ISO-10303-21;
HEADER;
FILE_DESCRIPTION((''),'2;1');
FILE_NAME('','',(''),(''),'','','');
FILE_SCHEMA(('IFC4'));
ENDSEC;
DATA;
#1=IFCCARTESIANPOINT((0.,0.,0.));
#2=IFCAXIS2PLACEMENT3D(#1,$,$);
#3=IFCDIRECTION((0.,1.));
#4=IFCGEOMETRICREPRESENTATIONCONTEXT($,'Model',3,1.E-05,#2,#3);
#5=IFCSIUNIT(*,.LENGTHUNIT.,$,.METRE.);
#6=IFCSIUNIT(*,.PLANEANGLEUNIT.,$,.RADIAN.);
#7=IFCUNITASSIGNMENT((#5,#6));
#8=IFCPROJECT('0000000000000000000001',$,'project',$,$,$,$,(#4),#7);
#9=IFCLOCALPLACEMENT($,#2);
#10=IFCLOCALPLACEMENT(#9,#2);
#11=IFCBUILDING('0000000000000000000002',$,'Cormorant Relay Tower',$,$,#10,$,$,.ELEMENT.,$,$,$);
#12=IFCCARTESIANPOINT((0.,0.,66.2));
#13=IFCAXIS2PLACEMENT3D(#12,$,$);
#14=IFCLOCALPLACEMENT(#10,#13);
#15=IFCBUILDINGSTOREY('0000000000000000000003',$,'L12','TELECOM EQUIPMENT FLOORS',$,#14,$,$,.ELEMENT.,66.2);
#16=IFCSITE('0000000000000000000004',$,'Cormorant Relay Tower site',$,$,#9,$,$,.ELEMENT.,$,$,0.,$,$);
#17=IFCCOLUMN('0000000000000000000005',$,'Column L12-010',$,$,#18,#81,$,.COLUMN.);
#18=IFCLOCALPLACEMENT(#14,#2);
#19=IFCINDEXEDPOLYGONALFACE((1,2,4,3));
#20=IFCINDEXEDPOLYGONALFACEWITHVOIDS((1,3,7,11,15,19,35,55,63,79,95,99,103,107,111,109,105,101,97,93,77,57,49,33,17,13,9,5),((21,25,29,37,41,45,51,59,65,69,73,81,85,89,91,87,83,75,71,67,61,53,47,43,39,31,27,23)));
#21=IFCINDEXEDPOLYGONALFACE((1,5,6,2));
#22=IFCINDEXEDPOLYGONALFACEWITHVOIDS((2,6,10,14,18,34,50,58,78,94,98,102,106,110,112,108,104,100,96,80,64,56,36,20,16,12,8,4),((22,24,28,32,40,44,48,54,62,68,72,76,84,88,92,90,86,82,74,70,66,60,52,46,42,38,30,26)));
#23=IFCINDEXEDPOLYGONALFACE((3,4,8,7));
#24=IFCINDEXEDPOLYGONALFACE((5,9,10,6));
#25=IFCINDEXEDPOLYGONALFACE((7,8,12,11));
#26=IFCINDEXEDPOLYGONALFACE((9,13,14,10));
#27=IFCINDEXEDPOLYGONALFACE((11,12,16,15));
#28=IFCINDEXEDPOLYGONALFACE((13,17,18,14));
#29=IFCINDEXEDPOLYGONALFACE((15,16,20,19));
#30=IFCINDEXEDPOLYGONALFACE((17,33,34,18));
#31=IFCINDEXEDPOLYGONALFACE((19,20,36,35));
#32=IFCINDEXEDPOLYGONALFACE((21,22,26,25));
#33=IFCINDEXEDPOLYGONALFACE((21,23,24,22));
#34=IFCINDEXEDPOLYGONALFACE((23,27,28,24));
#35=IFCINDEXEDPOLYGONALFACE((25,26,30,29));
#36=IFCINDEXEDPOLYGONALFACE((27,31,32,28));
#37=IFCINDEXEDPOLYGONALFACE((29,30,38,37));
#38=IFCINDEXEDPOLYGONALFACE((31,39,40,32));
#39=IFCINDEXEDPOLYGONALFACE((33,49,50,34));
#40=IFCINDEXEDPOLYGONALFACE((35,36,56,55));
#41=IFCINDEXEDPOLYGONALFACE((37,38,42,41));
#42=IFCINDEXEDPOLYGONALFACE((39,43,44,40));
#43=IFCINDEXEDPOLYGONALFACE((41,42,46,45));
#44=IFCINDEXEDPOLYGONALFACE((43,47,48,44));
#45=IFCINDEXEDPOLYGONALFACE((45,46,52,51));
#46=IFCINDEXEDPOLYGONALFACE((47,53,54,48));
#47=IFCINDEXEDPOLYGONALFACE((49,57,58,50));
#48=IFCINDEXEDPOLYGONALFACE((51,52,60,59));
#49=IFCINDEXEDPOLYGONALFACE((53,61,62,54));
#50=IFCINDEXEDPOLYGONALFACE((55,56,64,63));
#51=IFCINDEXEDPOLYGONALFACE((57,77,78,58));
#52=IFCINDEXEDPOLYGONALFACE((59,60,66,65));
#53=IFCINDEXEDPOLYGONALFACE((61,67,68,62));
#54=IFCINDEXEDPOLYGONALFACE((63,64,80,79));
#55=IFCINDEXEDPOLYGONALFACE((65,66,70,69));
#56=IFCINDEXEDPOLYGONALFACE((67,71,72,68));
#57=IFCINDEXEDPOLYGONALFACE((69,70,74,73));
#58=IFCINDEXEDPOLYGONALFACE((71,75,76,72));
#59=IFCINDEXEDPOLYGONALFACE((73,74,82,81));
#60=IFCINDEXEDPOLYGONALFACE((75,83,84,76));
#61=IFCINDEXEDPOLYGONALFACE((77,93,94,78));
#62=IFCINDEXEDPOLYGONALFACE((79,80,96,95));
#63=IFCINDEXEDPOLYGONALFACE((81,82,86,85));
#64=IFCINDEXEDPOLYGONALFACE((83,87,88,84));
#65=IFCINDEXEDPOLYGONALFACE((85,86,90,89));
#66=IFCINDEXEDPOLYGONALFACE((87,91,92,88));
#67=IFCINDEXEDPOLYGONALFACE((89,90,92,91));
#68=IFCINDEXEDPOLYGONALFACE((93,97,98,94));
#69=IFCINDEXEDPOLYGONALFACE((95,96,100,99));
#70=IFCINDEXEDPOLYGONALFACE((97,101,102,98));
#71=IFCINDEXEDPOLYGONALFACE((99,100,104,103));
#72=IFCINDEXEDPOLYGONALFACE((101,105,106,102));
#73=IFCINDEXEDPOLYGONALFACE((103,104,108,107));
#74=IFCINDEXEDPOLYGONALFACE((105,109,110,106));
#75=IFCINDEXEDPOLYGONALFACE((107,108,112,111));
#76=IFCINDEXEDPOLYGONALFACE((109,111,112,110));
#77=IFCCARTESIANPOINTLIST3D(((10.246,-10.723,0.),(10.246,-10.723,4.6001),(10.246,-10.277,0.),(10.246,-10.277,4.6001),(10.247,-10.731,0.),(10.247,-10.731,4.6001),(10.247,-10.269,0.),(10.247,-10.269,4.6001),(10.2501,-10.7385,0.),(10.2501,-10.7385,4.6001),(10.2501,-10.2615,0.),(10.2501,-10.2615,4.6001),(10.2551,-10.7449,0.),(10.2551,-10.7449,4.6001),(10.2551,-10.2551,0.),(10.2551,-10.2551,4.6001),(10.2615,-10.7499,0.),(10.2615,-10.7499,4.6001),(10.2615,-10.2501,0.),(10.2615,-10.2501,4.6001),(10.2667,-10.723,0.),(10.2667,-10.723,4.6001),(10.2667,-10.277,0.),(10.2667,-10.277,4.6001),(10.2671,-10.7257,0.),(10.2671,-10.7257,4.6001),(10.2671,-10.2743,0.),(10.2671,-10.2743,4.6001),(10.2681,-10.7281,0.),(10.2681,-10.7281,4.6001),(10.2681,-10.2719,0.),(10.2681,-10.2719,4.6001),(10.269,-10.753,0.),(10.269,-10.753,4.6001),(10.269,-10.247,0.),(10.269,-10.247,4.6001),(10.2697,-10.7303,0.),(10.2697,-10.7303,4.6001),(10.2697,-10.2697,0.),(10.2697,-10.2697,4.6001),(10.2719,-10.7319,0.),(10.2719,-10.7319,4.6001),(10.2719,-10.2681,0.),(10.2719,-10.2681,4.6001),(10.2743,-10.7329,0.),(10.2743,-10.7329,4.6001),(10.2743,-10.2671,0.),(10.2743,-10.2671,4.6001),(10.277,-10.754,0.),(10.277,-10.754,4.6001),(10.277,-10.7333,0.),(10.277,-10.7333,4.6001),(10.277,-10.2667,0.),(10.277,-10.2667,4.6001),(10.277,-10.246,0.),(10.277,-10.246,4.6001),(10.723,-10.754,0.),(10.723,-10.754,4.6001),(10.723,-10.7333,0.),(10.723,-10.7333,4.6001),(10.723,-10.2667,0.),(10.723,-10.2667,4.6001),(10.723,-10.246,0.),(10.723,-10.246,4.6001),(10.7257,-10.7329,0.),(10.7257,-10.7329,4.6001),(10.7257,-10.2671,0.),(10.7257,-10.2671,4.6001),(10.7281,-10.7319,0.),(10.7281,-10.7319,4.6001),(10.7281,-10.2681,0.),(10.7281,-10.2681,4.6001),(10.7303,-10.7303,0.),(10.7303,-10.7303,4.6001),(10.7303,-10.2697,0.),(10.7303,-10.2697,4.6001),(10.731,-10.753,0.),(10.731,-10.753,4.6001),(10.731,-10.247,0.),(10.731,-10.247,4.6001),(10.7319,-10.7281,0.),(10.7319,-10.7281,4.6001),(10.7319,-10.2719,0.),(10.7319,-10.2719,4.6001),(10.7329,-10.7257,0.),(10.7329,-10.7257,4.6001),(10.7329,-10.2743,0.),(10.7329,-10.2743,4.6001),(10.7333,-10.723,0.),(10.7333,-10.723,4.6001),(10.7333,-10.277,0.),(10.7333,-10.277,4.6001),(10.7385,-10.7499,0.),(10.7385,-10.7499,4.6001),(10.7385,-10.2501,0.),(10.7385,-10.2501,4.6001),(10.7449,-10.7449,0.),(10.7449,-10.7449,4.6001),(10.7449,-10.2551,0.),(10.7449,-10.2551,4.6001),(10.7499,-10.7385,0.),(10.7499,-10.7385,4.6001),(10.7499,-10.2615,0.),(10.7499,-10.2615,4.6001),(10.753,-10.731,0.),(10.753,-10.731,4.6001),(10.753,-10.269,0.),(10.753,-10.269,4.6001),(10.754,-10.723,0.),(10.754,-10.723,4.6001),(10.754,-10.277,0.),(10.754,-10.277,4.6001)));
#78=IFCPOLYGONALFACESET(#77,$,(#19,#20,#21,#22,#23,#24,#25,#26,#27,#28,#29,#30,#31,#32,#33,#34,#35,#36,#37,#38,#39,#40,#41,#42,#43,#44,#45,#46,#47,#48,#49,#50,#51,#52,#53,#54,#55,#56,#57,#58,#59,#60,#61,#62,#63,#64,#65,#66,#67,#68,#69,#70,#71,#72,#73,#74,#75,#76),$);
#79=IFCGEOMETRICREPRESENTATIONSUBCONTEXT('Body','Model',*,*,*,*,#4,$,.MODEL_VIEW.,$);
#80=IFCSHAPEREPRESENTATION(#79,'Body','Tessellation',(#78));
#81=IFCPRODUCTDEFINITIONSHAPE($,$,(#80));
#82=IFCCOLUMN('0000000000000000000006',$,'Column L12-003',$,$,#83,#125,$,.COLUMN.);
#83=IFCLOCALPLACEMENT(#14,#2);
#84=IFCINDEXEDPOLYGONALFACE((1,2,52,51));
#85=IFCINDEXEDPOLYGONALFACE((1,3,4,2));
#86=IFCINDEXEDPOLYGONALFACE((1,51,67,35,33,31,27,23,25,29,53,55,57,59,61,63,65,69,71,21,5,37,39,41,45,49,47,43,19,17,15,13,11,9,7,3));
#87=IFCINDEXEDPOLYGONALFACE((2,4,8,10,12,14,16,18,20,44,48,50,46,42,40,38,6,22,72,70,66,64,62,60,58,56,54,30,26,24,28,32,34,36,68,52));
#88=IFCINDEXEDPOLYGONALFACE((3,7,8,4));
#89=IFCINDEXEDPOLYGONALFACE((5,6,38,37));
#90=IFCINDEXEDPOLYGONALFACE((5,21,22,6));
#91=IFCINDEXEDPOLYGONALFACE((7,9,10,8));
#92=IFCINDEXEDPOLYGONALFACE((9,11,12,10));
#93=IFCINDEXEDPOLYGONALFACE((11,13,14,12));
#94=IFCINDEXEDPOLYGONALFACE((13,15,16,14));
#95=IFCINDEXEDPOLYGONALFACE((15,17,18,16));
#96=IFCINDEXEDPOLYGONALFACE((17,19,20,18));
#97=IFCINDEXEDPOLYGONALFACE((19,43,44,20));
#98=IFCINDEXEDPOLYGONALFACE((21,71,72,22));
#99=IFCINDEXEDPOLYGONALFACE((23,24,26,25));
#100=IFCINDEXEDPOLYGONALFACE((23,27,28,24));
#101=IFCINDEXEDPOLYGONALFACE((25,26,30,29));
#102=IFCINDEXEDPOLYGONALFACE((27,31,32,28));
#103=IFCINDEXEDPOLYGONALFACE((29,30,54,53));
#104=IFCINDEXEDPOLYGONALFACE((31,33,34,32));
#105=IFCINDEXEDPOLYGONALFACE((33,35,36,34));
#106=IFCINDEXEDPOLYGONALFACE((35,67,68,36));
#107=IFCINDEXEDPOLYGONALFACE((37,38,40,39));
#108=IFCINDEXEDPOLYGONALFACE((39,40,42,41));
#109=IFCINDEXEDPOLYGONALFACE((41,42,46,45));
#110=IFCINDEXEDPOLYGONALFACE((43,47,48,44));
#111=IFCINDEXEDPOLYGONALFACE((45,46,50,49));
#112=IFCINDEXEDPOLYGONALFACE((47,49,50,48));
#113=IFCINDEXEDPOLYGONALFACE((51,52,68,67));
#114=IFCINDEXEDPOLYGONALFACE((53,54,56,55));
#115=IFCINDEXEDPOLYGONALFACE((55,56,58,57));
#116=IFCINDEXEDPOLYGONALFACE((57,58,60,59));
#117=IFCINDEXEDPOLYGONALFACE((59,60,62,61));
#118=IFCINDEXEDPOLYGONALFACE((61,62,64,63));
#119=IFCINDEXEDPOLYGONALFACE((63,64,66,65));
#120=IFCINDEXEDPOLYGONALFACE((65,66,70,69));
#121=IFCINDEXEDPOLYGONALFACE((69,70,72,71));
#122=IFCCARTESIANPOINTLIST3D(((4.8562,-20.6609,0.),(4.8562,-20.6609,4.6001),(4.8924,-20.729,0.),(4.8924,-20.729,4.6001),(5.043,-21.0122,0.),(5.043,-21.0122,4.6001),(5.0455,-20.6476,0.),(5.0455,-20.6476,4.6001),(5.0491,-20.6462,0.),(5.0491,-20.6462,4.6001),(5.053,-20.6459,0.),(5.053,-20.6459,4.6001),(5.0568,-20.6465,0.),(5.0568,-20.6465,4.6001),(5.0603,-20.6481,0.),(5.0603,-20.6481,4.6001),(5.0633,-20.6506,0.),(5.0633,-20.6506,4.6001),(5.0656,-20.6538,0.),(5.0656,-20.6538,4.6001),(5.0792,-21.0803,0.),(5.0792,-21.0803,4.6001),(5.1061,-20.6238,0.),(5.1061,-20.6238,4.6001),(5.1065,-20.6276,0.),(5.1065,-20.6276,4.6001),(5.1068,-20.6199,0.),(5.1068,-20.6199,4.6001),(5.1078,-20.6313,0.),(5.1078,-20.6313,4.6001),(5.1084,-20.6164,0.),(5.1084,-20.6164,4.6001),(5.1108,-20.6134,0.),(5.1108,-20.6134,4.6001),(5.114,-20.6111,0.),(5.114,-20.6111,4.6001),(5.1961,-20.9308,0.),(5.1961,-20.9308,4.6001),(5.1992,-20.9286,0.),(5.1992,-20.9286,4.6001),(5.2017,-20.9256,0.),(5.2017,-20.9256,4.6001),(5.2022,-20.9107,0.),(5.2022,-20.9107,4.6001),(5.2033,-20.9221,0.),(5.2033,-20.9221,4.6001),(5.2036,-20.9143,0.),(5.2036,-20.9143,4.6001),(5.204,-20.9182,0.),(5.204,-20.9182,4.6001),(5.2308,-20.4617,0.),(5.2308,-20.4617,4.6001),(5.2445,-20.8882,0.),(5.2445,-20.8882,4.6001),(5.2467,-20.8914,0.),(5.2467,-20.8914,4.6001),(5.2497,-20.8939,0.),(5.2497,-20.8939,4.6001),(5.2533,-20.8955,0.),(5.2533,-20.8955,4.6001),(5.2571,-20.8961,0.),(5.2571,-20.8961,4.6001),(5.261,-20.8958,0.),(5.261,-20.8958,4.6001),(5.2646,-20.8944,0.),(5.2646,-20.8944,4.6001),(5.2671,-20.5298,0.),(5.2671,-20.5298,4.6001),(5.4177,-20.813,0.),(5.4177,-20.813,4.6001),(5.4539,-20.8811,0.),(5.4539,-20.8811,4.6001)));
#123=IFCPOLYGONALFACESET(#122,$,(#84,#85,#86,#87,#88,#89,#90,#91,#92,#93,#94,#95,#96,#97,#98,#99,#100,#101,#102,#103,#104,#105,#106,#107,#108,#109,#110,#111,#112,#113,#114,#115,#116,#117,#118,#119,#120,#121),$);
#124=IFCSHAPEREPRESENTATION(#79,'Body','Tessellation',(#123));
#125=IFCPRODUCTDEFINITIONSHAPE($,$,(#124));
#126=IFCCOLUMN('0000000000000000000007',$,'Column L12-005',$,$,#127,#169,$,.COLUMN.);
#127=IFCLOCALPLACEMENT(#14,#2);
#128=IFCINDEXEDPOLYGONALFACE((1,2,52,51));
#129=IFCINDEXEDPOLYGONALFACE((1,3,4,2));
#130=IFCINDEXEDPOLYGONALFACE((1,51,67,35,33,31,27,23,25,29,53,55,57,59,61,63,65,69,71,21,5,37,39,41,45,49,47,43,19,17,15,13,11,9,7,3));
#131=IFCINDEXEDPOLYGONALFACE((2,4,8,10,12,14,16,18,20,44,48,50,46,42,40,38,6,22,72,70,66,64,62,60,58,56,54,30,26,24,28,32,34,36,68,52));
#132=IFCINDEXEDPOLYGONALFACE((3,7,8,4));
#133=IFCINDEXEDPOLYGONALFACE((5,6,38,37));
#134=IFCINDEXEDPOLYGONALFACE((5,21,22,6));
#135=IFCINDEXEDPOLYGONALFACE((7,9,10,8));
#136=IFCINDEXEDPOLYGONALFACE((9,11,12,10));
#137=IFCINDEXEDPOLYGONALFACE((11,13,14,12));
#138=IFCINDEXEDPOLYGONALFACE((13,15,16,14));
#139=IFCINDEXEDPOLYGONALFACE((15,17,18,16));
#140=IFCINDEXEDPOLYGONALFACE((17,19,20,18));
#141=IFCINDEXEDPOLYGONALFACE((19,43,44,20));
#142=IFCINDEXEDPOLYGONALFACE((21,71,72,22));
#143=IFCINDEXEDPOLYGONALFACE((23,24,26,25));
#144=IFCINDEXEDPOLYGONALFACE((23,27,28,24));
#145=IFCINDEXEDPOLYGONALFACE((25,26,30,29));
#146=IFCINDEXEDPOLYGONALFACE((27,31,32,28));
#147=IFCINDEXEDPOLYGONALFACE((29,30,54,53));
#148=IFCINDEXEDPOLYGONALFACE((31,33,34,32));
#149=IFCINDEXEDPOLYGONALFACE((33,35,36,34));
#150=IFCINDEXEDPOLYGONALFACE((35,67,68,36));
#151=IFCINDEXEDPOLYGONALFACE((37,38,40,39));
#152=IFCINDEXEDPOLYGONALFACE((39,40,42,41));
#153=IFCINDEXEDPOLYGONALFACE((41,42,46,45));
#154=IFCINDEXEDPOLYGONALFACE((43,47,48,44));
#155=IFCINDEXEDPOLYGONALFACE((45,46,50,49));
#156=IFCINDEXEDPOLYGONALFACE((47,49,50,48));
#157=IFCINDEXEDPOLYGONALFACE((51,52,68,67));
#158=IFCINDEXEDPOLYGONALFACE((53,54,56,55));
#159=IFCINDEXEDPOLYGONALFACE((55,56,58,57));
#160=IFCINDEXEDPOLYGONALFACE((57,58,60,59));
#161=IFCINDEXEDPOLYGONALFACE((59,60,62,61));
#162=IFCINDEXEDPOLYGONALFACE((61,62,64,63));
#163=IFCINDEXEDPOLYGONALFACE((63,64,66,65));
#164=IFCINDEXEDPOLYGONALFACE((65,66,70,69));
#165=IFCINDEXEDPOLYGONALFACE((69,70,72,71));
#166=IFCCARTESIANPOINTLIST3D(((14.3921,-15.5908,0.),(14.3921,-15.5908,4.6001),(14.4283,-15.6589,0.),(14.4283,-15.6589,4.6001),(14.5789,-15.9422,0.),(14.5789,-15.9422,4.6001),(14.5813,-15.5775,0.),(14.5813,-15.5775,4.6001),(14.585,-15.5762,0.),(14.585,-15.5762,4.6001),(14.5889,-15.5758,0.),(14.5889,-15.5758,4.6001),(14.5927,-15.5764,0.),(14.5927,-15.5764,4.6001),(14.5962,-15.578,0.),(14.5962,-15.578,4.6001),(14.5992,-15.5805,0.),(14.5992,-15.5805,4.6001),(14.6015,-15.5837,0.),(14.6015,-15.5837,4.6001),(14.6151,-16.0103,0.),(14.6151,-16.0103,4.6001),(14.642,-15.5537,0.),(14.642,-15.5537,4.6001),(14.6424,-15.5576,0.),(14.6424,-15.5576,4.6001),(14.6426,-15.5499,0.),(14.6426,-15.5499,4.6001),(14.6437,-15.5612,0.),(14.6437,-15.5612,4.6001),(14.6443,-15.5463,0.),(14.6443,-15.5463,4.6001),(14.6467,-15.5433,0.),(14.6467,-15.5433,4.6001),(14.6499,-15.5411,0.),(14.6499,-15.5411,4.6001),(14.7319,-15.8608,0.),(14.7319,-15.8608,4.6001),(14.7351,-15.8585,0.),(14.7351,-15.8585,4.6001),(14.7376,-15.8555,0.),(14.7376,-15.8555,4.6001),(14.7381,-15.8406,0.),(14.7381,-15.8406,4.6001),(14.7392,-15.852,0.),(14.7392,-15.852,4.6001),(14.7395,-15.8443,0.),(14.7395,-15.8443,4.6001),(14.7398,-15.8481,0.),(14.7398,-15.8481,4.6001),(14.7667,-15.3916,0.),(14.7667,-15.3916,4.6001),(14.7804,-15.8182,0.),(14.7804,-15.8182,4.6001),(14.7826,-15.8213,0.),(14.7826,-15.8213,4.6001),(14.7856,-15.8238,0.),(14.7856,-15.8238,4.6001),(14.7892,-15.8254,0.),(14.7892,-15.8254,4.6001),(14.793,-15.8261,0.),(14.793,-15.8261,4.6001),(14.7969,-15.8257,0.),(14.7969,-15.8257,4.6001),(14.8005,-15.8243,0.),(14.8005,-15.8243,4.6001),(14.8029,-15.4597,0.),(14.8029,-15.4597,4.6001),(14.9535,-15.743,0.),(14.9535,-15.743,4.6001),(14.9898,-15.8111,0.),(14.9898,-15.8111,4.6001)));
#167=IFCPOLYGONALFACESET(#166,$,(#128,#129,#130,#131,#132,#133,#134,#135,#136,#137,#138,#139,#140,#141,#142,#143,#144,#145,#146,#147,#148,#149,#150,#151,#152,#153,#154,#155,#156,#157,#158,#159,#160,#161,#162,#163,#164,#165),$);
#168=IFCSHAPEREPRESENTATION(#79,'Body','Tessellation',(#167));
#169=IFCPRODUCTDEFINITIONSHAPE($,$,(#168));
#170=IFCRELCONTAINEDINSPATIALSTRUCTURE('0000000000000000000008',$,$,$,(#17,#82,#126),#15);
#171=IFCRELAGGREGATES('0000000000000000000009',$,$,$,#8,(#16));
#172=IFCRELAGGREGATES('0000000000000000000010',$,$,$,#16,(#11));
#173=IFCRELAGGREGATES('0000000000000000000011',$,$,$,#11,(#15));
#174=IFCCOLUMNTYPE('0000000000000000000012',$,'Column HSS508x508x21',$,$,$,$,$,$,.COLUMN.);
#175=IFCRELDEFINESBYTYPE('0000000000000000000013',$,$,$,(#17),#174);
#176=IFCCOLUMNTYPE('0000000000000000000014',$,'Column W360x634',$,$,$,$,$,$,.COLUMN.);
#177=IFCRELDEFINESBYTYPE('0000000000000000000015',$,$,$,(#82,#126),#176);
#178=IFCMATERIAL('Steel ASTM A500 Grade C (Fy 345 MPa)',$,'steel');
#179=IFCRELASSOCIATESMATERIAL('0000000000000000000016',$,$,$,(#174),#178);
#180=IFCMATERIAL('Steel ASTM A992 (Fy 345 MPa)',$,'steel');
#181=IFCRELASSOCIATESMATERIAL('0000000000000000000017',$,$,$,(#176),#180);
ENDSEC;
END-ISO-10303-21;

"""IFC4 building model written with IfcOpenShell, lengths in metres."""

from ifc_helpers import new_model, si_unit, direction, frame, origin, origin_2d, place, context, subcontext, project, spatial, hollow_rectangle, i_section, extrude, material, material_profile, profile_set, type_object, element, save


model = new_model("IFC4")

# Units and contexts
model_context = context("Model", 3, precision=1e-05, world=origin(), true_north=direction((0.0, 1.0)))
body_context = subcontext(model_context, "Body", "Model", "MODEL_VIEW")
ifc_project = project(units=[si_unit("LENGTHUNIT", "METRE"), si_unit("PLANEANGLEUNIT", "RADIAN")], contexts=[model_context])

# Site, building, storey
site_placement = place(None, origin())
site = spatial("IfcSite", under=ifc_project, at=site_placement, Name="Cormorant Relay Tower site", CompositionType="ELEMENT", RefElevation=0.0)
building_placement = place(site_placement, origin())
building = spatial("IfcBuilding", under=site, at=building_placement, Name="Cormorant Relay Tower", CompositionType="ELEMENT")
storey_placement = place(building_placement, frame((0.0, 0.0, 66.2)))
storey = spatial("IfcBuildingStorey", under=building, at=storey_placement, Name="L12", Description="TELECOM EQUIPMENT FLOORS", CompositionType="ELEMENT", Elevation=66.2)

# Columns
ifc_material_1 = material(Name="Steel ASTM A500 Grade C (Fy 345 MPa)", Category="steel")
ifc_material_profile_1 = material_profile(ifc_material_1, hollow_rectangle(XDim=0.5081, YDim=0.5081, WallThickness=0.0208, InnerFilletRadius=0.0103, OuterFilletRadius=0.031, at=origin_2d()), Name="HSS508x508x21")
ifc_profile_set_1 = profile_set([ifc_material_profile_1], Name="Steel ASTM A500 Grade C (Fy 345 MPa)")
column_type_1 = type_object("IfcColumnType", Name="Column HSS508x508x21", PredefinedType="COLUMN", material=ifc_profile_set_1)
column_1_placement = place(storey_placement, frame((10.5, -10.5, 0.0), z_axis=(0.0, 0.0, 1.0), x_axis=(1.0, 0.0, 0.0)))
element("IfcColumn", 1, at=column_1_placement, inside=storey, type_object=column_type_1, Name="Column L12-010", PredefinedType="COLUMN", context=body_context, shape_type="SweptSolid", body=[
    extrude(hollow_rectangle(XDim=0.5081, YDim=0.5081, WallThickness=0.0208, InnerFilletRadius=0.0103, OuterFilletRadius=0.031, at=origin_2d()), origin(), (0.0, 0.0, 1.0), 4.6001),
])
ifc_material_2 = material(Name="Steel ASTM A992 (Fy 345 MPa)", Category="steel")
ifc_material_profile_2 = material_profile(ifc_material_2, i_section(OverallWidth=0.4243, OverallDepth=0.4751, WebThickness=0.0479, FlangeThickness=0.0771, FilletRadius=0.0149, at=origin_2d()), Name="W360x634")
ifc_profile_set_2 = profile_set([ifc_material_profile_2], Name="Steel ASTM A992 (Fy 345 MPa)")
column_type_2 = type_object("IfcColumnType", Name="Column W360x634", PredefinedType="COLUMN", material=ifc_profile_set_2)
for number, where, z_axis, x_axis, name in (
    (2, (5.155, -20.771, 0.0), (0.0, 0.0, 1.0), (0.882948, 0.469472, 0.0), "Column L12-003"),
    (3, (14.6909, -15.7009, 0.0), (0.0, 0.0, 1.0), (0.882948, 0.469472, 0.0), "Column L12-005"),
):
    element("IfcColumn", number, at=place(storey_placement, frame(where, z_axis=z_axis, x_axis=x_axis)), inside=storey, type_object=column_type_2, Name=name, PredefinedType="COLUMN", context=body_context, shape_type="SweptSolid", body=[
        extrude(i_section(OverallWidth=0.4243, OverallDepth=0.4751, WebThickness=0.0479, FlangeThickness=0.0771, FilletRadius=0.0149, at=origin_2d()), origin(), (0.0, 0.0, 1.0), 4.6001),
    ])

save(model, "model.ifc")
